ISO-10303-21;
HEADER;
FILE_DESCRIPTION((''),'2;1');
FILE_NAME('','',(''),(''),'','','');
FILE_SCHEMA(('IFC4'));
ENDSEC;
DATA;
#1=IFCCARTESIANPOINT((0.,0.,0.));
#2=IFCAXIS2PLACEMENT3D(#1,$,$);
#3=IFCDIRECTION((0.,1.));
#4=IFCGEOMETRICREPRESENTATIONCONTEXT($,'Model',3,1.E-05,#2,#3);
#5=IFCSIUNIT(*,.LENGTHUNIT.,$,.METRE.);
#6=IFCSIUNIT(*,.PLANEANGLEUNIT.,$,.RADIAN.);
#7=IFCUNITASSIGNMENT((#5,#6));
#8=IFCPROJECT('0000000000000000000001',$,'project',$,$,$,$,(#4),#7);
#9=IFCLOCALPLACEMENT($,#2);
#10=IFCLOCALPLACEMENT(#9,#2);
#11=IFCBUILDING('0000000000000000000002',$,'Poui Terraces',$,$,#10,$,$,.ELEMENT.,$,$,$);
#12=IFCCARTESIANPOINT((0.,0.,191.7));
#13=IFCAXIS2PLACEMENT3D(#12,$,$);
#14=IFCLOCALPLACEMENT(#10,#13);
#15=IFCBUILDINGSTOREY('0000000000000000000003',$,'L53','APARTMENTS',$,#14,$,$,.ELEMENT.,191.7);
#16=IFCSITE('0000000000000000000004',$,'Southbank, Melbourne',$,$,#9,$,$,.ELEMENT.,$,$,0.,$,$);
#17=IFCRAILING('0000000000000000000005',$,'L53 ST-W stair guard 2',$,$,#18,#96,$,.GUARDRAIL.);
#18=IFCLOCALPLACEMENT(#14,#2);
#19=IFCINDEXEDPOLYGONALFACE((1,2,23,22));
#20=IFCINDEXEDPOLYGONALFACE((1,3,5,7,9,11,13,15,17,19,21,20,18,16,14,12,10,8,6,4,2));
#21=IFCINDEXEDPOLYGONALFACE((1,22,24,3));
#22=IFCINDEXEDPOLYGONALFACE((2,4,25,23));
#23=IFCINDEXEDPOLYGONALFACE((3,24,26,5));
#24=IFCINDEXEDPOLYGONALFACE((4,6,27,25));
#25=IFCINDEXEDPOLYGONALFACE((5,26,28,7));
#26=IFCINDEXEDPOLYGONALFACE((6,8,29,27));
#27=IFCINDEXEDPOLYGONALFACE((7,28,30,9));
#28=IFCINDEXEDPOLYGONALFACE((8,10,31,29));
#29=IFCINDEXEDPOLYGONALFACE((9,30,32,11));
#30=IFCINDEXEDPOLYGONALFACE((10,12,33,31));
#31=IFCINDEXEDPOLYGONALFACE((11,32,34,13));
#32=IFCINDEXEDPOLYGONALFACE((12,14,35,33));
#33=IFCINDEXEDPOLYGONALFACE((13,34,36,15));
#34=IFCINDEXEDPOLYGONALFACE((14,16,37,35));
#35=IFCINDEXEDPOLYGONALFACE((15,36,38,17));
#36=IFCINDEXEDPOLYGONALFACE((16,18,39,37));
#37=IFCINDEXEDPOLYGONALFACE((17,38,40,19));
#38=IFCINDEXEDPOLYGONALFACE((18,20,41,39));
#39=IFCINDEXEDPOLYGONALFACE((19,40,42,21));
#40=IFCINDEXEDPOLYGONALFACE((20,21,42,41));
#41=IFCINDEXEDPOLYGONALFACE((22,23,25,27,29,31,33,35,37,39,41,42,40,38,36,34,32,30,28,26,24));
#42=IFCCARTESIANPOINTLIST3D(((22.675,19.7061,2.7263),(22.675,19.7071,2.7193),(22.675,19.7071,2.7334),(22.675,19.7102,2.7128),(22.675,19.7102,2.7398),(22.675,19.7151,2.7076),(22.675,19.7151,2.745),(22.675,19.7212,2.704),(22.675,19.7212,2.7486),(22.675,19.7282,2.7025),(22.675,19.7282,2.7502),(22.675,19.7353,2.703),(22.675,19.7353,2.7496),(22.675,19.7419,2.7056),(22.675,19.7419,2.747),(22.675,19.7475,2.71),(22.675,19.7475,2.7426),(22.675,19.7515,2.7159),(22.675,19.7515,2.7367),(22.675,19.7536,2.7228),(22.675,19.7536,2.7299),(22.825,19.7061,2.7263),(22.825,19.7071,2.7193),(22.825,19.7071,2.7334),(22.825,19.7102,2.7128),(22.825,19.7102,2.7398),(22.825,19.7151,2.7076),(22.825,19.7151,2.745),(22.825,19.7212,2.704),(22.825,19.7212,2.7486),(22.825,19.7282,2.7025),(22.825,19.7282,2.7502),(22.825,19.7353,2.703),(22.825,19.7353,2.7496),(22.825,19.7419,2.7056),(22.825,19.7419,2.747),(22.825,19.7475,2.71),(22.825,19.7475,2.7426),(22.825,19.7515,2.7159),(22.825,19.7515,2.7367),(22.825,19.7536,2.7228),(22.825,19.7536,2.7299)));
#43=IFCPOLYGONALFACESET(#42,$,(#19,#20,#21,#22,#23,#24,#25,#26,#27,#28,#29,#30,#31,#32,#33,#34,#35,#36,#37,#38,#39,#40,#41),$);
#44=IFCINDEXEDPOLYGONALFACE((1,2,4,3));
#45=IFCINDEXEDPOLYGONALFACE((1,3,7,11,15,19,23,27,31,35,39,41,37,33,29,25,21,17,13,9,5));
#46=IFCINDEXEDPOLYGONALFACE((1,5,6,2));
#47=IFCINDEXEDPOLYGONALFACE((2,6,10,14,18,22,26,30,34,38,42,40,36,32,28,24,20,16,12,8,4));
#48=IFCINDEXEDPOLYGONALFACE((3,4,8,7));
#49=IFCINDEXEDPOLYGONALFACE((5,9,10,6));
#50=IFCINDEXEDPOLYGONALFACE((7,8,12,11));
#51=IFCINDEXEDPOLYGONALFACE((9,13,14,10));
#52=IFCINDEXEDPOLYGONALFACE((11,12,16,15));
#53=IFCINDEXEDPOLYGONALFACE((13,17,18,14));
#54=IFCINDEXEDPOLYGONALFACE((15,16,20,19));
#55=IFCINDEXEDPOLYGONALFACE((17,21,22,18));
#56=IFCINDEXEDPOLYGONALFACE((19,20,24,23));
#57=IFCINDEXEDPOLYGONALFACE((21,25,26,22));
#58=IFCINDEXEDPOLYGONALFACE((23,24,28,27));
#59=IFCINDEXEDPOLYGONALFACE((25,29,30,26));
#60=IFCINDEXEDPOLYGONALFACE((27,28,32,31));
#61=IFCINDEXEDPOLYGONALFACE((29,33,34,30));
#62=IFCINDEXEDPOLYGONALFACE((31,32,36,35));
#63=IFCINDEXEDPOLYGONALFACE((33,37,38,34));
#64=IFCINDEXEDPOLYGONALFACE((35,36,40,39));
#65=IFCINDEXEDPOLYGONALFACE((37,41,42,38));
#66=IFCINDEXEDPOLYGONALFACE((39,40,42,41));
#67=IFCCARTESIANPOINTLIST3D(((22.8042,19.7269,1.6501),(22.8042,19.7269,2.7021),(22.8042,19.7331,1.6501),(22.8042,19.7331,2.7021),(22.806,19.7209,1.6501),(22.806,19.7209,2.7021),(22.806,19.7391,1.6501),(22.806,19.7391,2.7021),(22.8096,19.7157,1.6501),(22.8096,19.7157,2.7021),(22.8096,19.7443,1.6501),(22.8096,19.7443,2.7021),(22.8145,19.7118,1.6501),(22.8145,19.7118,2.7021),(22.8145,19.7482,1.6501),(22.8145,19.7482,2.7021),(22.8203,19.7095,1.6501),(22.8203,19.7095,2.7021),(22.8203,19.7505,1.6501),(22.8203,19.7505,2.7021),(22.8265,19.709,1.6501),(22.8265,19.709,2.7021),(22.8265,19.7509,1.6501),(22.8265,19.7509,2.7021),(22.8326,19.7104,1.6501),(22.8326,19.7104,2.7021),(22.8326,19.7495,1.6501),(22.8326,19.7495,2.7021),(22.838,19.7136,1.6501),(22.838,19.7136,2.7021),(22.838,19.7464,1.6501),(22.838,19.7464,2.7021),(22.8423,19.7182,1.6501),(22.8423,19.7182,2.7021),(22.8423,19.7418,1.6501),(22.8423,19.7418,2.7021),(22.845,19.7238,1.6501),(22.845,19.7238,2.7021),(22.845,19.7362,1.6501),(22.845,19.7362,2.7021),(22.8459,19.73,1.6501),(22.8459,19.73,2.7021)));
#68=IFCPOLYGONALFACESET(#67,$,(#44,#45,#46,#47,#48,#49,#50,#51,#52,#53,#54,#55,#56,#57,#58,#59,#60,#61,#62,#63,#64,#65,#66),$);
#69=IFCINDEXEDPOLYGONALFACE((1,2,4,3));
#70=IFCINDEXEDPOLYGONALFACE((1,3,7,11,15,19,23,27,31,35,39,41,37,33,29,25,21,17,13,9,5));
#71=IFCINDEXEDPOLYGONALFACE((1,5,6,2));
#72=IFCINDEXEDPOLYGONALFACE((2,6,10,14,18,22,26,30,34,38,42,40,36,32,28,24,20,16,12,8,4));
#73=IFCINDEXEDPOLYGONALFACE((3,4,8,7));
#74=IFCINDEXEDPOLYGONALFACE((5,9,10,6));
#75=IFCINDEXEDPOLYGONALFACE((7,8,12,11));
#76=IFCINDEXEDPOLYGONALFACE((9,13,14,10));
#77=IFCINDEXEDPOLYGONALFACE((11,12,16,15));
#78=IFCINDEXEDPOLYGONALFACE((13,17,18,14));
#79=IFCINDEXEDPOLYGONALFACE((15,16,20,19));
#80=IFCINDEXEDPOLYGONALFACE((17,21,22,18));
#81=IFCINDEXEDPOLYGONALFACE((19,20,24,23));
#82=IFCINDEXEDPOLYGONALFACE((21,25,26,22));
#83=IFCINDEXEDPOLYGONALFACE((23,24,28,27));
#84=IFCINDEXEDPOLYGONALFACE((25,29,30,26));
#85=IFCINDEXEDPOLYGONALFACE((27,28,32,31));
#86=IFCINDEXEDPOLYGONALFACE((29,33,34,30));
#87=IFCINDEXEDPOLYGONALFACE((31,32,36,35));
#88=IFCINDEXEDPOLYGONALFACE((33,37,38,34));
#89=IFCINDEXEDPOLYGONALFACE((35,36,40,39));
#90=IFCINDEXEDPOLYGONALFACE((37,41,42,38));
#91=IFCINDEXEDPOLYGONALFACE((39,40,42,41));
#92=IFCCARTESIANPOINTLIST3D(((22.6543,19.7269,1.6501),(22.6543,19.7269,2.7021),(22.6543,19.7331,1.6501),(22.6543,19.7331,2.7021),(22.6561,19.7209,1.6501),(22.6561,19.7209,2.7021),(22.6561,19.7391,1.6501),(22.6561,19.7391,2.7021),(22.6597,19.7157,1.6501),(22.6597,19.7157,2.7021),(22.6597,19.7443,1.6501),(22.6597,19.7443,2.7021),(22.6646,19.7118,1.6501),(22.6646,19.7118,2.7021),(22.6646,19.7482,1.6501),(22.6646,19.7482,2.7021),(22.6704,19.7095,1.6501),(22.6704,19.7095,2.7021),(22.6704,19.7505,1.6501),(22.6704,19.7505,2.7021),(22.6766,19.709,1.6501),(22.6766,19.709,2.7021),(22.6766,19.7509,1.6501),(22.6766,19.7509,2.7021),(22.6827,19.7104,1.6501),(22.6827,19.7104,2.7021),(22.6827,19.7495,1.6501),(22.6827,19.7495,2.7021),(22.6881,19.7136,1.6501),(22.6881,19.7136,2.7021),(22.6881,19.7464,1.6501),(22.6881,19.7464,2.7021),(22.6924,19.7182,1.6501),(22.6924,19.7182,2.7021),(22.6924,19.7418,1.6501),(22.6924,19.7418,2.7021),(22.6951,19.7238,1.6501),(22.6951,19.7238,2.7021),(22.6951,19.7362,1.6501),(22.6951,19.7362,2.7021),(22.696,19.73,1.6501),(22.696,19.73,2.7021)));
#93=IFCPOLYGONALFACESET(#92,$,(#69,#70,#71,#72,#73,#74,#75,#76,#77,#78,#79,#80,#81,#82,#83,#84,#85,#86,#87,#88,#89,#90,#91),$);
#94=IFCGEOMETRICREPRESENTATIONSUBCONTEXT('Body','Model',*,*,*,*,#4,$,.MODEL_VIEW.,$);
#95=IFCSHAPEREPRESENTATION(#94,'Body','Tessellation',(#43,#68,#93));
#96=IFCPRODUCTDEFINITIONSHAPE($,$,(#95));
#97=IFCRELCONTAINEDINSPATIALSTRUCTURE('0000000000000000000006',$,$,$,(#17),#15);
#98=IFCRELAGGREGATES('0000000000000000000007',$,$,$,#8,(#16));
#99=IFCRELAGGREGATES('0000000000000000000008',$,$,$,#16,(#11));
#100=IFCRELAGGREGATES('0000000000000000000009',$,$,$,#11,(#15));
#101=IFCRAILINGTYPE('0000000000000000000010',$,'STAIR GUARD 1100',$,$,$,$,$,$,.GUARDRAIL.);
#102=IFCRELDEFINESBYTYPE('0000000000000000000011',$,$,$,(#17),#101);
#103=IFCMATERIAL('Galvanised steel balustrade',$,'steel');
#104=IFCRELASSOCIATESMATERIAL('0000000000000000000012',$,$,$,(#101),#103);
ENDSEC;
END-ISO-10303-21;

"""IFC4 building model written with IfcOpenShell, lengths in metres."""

from ifc_helpers import new_model, si_unit, direction, frame, origin, origin_2d, place, context, subcontext, project, spatial, circle, extrude, material, type_object, element, save


model = new_model("IFC4")

# Units and contexts
model_context = context("Model", 3, precision=1e-05, world=origin(), true_north=direction((0.0, 1.0)))
body_context = subcontext(model_context, "Body", "Model", "MODEL_VIEW")
ifc_project = project(units=[si_unit("LENGTHUNIT", "METRE"), si_unit("PLANEANGLEUNIT", "RADIAN")], contexts=[model_context])

# Site, building, storey
site_placement = place(None, origin())
site = spatial("IfcSite", under=ifc_project, at=site_placement, Name="Southbank, Melbourne", CompositionType="ELEMENT", RefElevation=0.0)
building_placement = place(site_placement, origin())
building = spatial("IfcBuilding", under=site, at=building_placement, Name="Poui Terraces", CompositionType="ELEMENT")
storey_placement = place(building_placement, frame((0.0, 0.0, 191.7)))
storey = spatial("IfcBuildingStorey", under=building, at=storey_placement, Name="L53", Description="APARTMENTS", CompositionType="ELEMENT", Elevation=191.7)

# Railing
ifc_material_1 = material(Name="Galvanised steel balustrade", Category="steel")
railing_type_1 = type_object("IfcRailingType", Name="STAIR GUARD 1100", PredefinedType="GUARDRAIL", material=ifc_material_1)
railing_1_placement = place(storey_placement, frame((22.825, 19.73, 1.6501)))
element("IfcRailing", 1, at=railing_1_placement, inside=storey, type_object=railing_type_1, Name="L53 ST-W stair guard 2", PredefinedType="GUARDRAIL", context=body_context, shape_type="SweptSolid", body=[
    extrude(circle(Radius=0.0239, at=origin_2d()), frame((0.0, 0.0, 1.0762), z_axis=(-1.0, 0.0, 0.0), x_axis=(0.0, -1.0, 0.0)), (0.0, 0.0, 1.0), 0.1499),
    extrude(circle(Radius=0.021, at=origin_2d()), origin(), (0.0, 0.0, 1.0), 1.052),
    extrude(circle(Radius=0.021, at=origin_2d()), frame((-0.1499, 0.0, 0.0)), (0.0, 0.0, 1.0), 1.052),
])

save(model, "model.ifc")
